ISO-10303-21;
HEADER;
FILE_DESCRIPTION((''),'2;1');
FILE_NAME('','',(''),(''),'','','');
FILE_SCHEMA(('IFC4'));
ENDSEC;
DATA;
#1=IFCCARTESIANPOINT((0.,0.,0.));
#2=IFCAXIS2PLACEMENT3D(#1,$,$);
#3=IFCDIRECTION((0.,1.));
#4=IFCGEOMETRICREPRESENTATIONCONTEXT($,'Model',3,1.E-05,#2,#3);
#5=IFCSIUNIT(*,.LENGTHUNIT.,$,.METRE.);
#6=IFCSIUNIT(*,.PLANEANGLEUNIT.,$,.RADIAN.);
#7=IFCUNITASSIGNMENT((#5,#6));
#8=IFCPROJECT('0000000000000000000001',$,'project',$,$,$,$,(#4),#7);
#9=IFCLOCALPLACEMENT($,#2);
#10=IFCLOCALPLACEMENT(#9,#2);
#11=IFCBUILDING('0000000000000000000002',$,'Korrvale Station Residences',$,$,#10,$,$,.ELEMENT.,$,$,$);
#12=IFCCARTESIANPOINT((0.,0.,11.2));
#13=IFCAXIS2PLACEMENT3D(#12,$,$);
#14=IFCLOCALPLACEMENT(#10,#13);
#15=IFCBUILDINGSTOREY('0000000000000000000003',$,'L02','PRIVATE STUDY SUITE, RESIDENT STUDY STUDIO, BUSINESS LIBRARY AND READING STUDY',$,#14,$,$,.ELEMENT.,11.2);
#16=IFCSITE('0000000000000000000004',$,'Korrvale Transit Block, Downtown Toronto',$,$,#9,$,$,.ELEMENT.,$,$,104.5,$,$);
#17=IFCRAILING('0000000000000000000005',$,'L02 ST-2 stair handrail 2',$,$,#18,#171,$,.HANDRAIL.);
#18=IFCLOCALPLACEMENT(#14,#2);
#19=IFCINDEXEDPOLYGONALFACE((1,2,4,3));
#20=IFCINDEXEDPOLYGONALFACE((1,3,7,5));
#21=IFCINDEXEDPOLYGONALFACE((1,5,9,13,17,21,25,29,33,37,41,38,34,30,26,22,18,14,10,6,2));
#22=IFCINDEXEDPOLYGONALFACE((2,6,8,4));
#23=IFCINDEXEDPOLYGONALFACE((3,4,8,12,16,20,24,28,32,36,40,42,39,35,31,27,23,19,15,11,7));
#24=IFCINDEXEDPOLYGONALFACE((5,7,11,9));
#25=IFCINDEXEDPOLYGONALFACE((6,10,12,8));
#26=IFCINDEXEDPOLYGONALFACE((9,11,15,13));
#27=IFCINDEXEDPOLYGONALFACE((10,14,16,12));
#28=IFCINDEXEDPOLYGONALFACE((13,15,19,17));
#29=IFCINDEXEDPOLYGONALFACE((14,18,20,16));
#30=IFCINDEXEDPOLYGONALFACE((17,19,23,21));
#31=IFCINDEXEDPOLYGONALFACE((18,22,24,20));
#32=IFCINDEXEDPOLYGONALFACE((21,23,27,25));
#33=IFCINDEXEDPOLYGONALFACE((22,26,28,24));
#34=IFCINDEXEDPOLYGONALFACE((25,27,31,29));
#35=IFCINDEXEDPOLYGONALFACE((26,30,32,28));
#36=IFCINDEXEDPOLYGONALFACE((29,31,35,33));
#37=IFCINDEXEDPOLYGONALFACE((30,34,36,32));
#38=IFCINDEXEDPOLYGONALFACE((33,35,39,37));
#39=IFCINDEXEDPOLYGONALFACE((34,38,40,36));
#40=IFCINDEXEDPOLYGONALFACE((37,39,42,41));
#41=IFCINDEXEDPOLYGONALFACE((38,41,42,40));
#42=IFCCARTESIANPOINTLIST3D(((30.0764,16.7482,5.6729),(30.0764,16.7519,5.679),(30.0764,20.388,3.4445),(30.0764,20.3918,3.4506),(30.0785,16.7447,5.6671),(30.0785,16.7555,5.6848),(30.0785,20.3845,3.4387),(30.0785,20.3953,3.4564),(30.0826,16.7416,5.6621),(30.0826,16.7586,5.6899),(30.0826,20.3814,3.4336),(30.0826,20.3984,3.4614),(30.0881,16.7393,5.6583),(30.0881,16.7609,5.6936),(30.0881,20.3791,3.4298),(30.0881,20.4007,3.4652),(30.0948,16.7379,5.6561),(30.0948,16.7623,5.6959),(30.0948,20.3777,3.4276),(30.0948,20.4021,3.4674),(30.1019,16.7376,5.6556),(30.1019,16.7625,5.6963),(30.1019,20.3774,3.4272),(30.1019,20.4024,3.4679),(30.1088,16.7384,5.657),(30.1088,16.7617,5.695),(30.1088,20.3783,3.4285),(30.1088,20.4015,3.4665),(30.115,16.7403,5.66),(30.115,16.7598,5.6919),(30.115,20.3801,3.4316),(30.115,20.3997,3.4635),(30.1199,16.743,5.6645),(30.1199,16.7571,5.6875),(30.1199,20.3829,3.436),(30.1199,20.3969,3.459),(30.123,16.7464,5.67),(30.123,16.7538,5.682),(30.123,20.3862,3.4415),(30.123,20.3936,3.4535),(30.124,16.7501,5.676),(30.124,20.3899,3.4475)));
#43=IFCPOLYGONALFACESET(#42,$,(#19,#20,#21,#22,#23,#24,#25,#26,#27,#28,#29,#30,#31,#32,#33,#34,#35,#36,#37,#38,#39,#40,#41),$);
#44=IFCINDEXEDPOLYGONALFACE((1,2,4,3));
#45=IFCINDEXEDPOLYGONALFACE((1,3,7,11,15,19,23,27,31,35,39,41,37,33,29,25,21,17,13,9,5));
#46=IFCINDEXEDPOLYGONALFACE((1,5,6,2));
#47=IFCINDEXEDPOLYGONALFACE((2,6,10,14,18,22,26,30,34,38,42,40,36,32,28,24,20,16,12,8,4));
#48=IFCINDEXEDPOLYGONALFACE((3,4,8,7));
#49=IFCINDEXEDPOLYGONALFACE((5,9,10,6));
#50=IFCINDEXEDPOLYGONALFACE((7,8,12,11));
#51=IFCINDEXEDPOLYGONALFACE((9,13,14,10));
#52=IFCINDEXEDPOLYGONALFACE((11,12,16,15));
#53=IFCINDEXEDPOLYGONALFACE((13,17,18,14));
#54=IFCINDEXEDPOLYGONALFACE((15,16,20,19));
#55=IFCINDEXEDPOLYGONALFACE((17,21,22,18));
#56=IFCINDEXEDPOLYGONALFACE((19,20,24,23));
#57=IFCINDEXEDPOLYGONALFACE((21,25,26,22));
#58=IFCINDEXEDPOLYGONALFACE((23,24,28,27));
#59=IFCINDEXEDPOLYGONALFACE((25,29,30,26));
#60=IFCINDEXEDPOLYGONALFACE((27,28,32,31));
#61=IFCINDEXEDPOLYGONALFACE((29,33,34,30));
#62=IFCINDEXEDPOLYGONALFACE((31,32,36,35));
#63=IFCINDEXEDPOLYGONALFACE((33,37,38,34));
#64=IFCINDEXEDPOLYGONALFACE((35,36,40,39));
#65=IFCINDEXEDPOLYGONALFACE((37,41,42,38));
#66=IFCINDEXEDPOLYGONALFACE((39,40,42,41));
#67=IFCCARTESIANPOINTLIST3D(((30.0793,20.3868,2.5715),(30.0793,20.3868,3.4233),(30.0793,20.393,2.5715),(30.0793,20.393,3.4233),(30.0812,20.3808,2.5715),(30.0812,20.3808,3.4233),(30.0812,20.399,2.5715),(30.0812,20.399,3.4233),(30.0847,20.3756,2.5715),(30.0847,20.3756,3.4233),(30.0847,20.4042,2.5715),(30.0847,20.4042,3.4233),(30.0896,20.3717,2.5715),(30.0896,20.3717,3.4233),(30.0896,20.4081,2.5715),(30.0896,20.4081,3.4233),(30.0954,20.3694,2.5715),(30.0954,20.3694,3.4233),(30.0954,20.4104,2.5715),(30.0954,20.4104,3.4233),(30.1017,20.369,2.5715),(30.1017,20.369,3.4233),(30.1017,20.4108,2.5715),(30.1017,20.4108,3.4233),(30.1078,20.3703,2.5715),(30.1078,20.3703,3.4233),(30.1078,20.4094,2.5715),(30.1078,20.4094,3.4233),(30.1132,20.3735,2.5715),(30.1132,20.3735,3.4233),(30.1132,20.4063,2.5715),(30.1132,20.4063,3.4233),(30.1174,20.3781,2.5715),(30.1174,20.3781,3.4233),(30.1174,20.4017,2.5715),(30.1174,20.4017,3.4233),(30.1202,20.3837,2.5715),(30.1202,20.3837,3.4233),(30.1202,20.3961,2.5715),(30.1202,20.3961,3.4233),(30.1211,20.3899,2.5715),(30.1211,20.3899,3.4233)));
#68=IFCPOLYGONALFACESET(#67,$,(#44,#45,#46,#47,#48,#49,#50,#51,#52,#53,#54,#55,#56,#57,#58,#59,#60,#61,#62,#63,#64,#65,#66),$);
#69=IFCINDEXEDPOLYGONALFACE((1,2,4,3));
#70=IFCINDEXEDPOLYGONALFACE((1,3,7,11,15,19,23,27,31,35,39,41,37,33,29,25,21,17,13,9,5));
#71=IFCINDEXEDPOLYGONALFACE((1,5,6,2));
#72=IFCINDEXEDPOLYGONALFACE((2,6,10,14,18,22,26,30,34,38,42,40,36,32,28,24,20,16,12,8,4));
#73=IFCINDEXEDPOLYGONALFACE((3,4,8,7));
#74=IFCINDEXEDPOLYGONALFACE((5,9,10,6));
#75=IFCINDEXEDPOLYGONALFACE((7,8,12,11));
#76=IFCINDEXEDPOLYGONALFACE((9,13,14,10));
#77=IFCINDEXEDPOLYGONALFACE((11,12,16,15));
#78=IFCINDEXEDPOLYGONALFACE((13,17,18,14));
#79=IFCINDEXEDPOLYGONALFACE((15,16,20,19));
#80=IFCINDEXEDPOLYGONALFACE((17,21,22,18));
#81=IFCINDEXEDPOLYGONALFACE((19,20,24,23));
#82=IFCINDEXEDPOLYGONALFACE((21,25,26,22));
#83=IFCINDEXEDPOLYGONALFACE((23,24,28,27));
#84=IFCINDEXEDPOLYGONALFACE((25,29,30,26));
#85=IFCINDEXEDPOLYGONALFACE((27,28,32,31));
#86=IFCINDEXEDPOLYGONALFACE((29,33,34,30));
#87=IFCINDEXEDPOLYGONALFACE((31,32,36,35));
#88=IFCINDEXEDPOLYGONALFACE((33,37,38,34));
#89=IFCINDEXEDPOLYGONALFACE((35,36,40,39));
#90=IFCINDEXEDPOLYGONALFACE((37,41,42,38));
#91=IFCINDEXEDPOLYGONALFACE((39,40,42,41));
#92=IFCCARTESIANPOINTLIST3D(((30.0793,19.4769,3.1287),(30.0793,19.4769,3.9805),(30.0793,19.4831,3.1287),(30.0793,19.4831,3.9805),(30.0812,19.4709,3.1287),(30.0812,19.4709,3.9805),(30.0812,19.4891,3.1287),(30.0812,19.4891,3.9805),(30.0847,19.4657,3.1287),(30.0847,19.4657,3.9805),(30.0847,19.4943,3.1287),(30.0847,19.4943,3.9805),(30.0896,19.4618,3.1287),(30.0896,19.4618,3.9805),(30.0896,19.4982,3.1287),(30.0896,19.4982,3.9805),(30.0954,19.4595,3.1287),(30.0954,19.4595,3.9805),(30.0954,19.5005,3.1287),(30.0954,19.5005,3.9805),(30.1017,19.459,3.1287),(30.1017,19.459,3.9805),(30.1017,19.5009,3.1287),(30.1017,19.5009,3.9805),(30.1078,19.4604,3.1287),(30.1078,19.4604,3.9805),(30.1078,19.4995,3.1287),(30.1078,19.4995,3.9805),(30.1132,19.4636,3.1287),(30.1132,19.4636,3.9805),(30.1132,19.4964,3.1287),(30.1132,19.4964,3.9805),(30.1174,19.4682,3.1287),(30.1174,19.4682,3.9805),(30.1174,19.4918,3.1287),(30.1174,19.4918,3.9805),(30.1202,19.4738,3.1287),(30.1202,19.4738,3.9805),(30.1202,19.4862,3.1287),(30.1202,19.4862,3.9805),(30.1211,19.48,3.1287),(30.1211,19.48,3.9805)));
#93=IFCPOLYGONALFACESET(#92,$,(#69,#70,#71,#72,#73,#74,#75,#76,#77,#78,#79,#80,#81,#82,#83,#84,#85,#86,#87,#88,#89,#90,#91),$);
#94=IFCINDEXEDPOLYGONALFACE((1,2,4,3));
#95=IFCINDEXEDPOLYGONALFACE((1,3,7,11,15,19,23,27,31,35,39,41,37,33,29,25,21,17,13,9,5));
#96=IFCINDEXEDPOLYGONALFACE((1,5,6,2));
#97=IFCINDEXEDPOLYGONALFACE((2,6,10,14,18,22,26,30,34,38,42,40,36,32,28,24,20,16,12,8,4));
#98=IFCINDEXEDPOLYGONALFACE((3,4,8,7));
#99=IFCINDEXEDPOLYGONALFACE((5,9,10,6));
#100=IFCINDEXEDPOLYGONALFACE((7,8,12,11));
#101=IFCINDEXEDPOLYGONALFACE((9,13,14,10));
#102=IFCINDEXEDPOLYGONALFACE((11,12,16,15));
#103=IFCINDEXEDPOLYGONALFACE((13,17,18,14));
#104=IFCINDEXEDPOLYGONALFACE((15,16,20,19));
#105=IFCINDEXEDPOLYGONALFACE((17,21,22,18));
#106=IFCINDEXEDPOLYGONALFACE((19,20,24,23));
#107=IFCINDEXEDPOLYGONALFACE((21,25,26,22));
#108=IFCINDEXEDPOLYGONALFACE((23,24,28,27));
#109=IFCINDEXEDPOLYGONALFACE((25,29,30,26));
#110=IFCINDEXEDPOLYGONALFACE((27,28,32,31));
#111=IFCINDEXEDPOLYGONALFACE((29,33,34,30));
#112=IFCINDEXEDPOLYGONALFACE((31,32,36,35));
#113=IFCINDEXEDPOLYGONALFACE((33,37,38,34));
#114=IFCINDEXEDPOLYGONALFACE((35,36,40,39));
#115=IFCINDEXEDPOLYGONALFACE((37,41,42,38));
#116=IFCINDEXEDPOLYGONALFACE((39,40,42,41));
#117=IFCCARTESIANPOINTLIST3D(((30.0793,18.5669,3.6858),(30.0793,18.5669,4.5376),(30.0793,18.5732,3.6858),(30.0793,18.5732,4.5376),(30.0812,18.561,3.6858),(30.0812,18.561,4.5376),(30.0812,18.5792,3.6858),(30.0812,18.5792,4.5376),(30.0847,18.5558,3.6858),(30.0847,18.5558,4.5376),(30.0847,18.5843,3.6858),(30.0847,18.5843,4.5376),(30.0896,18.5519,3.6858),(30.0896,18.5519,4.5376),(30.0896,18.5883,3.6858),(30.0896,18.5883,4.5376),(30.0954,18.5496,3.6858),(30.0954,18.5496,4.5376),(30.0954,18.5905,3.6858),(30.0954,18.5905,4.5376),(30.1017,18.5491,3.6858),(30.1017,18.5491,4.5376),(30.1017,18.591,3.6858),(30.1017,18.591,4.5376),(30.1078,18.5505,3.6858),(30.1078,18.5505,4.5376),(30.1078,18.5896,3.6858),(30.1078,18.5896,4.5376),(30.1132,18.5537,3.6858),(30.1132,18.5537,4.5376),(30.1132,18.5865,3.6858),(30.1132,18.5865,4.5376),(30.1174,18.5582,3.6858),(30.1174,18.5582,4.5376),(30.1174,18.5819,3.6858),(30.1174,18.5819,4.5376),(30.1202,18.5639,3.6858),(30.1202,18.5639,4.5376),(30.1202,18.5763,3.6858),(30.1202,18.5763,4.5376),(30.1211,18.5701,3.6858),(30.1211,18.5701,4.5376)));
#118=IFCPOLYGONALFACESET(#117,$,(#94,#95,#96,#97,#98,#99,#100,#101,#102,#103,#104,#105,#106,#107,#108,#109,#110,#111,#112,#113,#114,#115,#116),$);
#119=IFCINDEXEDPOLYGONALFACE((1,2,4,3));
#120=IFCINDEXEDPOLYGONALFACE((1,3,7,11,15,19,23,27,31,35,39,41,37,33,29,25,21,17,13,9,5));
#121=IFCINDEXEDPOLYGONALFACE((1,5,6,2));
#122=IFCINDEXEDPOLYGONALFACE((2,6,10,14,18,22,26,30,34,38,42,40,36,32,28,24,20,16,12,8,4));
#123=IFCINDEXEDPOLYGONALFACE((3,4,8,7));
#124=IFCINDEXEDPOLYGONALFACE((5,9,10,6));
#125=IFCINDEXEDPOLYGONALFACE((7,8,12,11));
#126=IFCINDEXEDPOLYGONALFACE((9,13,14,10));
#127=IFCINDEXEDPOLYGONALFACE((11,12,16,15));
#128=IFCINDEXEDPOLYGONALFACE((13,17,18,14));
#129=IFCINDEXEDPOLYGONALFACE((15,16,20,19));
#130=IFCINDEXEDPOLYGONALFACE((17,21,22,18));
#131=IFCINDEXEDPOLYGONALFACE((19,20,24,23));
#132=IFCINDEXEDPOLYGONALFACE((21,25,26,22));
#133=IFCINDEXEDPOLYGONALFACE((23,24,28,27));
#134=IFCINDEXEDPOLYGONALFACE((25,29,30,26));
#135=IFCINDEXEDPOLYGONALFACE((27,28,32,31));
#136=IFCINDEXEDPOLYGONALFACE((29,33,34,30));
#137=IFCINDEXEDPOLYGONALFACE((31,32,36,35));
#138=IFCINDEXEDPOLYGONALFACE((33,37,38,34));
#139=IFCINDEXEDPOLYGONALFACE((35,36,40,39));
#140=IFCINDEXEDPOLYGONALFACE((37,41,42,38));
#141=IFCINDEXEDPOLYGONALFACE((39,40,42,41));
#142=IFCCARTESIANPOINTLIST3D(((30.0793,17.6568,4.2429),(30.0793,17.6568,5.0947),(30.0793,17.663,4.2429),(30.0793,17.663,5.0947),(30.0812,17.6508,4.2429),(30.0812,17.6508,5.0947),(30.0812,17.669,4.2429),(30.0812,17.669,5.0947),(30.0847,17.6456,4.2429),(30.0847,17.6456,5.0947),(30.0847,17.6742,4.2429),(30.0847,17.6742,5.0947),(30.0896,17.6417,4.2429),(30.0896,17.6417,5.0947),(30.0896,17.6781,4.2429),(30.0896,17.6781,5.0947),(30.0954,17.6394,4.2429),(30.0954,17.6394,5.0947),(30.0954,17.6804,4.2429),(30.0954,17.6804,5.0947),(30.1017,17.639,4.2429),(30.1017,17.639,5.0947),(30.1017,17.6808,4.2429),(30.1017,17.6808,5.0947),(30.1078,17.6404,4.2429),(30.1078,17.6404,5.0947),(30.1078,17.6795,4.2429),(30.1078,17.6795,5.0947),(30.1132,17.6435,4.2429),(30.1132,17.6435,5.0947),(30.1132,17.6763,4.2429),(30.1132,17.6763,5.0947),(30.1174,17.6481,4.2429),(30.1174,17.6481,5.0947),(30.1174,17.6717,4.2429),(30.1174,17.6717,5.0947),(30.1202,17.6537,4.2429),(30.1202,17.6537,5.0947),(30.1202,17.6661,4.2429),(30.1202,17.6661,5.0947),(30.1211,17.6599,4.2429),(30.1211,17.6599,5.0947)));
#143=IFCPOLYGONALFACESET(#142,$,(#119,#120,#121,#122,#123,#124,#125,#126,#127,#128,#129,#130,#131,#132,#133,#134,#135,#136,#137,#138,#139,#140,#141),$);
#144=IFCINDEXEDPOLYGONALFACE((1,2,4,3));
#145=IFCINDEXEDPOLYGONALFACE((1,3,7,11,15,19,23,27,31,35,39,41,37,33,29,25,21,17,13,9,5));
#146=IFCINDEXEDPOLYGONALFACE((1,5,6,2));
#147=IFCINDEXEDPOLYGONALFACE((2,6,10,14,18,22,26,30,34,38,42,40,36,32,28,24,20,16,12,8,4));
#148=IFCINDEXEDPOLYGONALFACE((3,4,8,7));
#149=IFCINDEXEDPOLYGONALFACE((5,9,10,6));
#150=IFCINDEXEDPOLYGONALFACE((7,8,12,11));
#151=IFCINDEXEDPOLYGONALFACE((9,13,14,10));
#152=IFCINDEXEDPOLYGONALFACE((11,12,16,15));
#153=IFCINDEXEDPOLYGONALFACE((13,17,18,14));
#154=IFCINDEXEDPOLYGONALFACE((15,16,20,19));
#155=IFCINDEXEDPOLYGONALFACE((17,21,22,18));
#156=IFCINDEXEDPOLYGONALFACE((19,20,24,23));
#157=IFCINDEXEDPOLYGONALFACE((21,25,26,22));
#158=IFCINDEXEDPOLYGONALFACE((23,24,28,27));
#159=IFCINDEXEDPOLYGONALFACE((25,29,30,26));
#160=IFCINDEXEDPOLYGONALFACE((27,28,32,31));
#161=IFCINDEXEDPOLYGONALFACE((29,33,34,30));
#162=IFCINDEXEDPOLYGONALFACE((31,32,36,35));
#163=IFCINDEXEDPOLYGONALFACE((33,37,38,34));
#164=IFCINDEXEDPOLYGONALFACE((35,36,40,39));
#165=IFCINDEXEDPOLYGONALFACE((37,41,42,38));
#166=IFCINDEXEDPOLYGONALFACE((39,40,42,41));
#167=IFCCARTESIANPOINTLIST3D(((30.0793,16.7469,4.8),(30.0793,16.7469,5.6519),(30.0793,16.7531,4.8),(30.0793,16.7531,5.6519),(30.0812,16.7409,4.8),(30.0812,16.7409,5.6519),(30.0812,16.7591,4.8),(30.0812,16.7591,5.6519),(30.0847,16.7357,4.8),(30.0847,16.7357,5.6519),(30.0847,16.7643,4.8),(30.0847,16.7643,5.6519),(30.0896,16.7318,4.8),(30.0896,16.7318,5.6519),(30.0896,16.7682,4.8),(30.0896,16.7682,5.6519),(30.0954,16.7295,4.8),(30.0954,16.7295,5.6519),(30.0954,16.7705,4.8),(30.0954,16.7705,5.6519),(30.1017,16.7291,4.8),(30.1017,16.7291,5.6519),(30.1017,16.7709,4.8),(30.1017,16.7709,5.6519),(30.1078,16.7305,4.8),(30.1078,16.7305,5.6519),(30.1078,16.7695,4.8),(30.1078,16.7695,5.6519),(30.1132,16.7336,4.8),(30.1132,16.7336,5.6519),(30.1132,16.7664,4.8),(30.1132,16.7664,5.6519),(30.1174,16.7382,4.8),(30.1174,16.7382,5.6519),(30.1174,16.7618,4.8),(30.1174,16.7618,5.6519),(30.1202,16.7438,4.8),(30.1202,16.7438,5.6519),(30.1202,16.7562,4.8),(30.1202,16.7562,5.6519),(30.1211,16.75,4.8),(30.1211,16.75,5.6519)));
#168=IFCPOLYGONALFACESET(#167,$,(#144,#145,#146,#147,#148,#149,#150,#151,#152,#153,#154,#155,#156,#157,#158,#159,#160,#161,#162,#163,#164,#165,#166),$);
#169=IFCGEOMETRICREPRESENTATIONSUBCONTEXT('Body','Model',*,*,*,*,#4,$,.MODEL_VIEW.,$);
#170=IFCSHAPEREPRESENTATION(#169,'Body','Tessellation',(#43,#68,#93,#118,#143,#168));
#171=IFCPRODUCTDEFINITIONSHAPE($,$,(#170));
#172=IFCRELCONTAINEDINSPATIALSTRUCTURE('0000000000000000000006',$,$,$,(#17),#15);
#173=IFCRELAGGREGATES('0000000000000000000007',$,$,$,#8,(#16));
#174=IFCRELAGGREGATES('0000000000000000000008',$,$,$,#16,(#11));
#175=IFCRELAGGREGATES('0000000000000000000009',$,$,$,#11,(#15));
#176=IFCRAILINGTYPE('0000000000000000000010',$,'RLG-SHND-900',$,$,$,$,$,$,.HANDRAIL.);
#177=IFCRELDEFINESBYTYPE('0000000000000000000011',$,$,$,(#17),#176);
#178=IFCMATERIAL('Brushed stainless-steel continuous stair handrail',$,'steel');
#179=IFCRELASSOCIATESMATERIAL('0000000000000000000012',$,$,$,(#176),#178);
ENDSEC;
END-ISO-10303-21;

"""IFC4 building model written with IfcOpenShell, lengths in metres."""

from ifc_helpers import new_model, si_unit, direction, frame, origin, origin_2d, place, context, subcontext, project, spatial, circle, extrude, material, type_object, element, save


model = new_model("IFC4")

# Units and contexts
model_context = context("Model", 3, precision=1e-05, world=origin(), true_north=direction((0.0, 1.0)))
body_context = subcontext(model_context, "Body", "Model", "MODEL_VIEW")
ifc_project = project(units=[si_unit("LENGTHUNIT", "METRE"), si_unit("PLANEANGLEUNIT", "RADIAN")], contexts=[model_context])

# Site, building, storey
site_placement = place(None, origin())
site = spatial("IfcSite", under=ifc_project, at=site_placement, Name="Korrvale Transit Block, Downtown Toronto", CompositionType="ELEMENT", RefElevation=104.5)
building_placement = place(site_placement, origin())
building = spatial("IfcBuilding", under=site, at=building_placement, Name="Korrvale Station Residences", CompositionType="ELEMENT")
storey_placement = place(building_placement, frame((0.0, 0.0, 11.2)))
storey = spatial("IfcBuildingStorey", under=building, at=storey_placement, Name="L02", Description="PRIVATE STUDY SUITE, RESIDENT STUDY STUDIO, BUSINESS LIBRARY AND READING STUDY", CompositionType="ELEMENT", Elevation=11.2)

# Railing
ifc_material_1 = material(Name="Brushed stainless-steel continuous stair handrail", Category="steel")
railing_type_1 = type_object("IfcRailingType", Name="RLG-SHND-900", PredefinedType="HANDRAIL", material=ifc_material_1)
for number, where, name in (
    (1, (30.1001, 20.3899, 2.5715), "L02 ST-2 stair handrail 2"),
):
    element("IfcRailing", number, at=place(storey_placement, frame(where)), inside=storey, type_object=railing_type_1, Name=name, PredefinedType="HANDRAIL", context=body_context, shape_type="SweptSolid", body=[
        extrude(circle(Radius=0.0239, at=origin_2d()), frame((0.0, 0.0, 0.876), z_axis=(0.0, -0.85285, 0.522156), x_axis=(1.0, 0.0, 0.0)), (0.0, 0.0, 1.0), 4.2678),
        extrude(circle(Radius=0.021, at=origin_2d()), origin(), (0.0, 0.0, 1.0), 0.8518),
        extrude(circle(Radius=0.021, at=origin_2d()), frame((0.0, -0.9099, 0.5571)), (0.0, 0.0, 1.0), 0.8518),
        extrude(circle(Radius=0.021, at=origin_2d()), frame((0.0, -1.8198, 1.1143)), (0.0, 0.0, 1.0), 0.8518),
        extrude(circle(Radius=0.021, at=origin_2d()), frame((0.0, -2.73, 1.6714)), (0.0, 0.0, 1.0), 0.8518),
        extrude(circle(Radius=0.021, at=origin_2d()), frame((0.0, -3.6399, 2.2285)), (0.0, 0.0, 1.0), 0.8518),
    ])

save(model, "model.ifc")
